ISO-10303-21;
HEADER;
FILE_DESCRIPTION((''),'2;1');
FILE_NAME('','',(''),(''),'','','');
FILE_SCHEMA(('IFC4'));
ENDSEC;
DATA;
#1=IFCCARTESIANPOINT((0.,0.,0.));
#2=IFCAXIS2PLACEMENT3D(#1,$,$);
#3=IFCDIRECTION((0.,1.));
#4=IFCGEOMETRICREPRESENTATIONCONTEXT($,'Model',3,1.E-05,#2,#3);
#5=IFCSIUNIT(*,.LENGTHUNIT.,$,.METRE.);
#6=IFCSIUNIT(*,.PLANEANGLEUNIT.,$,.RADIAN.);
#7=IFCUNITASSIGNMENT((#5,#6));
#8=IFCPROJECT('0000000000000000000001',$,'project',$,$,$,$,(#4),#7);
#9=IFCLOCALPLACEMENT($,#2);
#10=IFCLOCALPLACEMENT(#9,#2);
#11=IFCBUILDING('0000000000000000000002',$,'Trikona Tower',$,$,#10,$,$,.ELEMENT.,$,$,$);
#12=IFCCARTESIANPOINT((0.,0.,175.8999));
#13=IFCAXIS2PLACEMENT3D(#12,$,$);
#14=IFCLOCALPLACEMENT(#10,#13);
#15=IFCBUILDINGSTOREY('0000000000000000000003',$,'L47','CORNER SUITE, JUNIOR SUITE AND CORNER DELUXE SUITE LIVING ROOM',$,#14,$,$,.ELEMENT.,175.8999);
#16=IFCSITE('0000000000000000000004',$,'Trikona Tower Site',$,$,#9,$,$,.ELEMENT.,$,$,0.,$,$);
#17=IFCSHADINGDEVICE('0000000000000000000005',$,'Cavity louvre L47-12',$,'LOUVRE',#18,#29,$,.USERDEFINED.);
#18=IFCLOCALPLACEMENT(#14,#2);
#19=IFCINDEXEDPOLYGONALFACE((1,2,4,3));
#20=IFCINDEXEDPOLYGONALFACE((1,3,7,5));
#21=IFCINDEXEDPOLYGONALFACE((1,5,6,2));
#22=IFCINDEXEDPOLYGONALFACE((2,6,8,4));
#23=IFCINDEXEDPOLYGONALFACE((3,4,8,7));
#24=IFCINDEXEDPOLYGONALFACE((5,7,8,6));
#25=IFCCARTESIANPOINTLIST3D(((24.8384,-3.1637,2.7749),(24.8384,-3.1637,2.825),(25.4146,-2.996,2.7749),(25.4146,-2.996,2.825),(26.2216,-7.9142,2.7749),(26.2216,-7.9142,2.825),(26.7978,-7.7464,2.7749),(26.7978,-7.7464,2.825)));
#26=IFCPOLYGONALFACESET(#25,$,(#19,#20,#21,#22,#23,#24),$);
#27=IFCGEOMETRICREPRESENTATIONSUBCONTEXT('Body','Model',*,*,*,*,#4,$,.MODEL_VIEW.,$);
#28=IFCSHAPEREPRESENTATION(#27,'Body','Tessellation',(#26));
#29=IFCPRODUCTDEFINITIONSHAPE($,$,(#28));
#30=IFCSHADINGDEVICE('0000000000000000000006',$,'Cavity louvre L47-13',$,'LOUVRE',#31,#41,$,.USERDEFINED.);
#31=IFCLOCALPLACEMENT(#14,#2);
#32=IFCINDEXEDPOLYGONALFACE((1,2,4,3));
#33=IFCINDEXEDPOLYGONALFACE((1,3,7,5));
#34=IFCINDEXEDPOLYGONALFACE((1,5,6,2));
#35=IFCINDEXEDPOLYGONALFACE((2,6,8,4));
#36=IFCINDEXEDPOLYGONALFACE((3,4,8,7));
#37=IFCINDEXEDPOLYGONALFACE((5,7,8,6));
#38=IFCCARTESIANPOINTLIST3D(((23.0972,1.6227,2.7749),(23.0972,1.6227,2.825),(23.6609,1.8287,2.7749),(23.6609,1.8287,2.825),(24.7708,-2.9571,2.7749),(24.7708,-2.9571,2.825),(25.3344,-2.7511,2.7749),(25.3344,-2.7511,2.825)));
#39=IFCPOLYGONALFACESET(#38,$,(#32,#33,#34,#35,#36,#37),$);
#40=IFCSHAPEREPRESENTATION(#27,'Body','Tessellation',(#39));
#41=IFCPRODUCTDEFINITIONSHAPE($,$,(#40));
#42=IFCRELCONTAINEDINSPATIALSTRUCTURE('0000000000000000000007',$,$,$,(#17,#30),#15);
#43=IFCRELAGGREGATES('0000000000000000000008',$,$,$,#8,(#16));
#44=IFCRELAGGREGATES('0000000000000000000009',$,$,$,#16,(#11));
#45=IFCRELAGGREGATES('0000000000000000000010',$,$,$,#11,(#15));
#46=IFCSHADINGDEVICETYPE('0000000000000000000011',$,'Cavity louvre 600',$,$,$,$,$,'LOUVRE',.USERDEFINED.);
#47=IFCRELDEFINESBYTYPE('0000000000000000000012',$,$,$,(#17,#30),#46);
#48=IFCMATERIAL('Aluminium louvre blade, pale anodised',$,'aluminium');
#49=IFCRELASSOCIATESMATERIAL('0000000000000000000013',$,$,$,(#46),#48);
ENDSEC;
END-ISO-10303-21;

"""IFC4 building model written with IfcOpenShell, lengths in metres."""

from ifc_helpers import new_model, si_unit, direction, frame, origin, origin_2d, place, context, subcontext, project, spatial, rectangle, extrude, material, type_object, element, save


model = new_model("IFC4")

# Units and contexts
model_context = context("Model", 3, precision=1e-05, world=origin(), true_north=direction((0.0, 1.0)))
body_context = subcontext(model_context, "Body", "Model", "MODEL_VIEW")
ifc_project = project(units=[si_unit("LENGTHUNIT", "METRE"), si_unit("PLANEANGLEUNIT", "RADIAN")], contexts=[model_context])

# Site, building, storey
site_placement = place(None, origin())
site = spatial("IfcSite", under=ifc_project, at=site_placement, Name="Trikona Tower Site", CompositionType="ELEMENT", RefElevation=0.0)
building_placement = place(site_placement, origin())
building = spatial("IfcBuilding", under=site, at=building_placement, Name="Trikona Tower", CompositionType="ELEMENT")
storey_placement = place(building_placement, frame((0.0, 0.0, 175.8999)))
storey = spatial("IfcBuildingStorey", under=building, at=storey_placement, Name="L47", Description="CORNER SUITE, JUNIOR SUITE AND CORNER DELUXE SUITE LIVING ROOM", CompositionType="ELEMENT", Elevation=175.8999)

# Shading devices
ifc_material_1 = material(Name="Aluminium louvre blade, pale anodised", Category="aluminium")
shading_device_type = type_object("IfcShadingDeviceType", Name="Cavity louvre 600", ElementType="LOUVRE", PredefinedType="USERDEFINED", material=ifc_material_1)
shading_device_1_placement = place(storey_placement, frame((25.8181, -5.4551, 2.7749), z_axis=(0.0, 0.0, 1.0), x_axis=(-0.279554, 0.96013, 0.0)))
element("IfcShadingDevice", 1, at=shading_device_1_placement, inside=storey, type_object=shading_device_type, Name="Cavity louvre L47-12", ObjectType="LOUVRE", PredefinedType="USERDEFINED", context=body_context, shape_type="SweptSolid", body=[
    extrude(rectangle(XDim=4.9478, YDim=0.6001, at=origin_2d()), origin(), (0.0, 0.0, 1.0), 0.05),
])
shading_device_2_placement = place(storey_placement, frame((24.2158, -0.5642, 2.7749), z_axis=(0.0, 0.0, 1.0), x_axis=(-0.34322, 0.939255, 0.0)))
element("IfcShadingDevice", 2, at=shading_device_2_placement, inside=storey, type_object=shading_device_type, Name="Cavity louvre L47-13", ObjectType="LOUVRE", PredefinedType="USERDEFINED", context=body_context, shape_type="SweptSolid", body=[
    extrude(rectangle(XDim=4.876, YDim=0.6001, at=origin_2d()), origin(), (0.0, 0.0, 1.0), 0.05),
])

save(model, "model.ifc")
